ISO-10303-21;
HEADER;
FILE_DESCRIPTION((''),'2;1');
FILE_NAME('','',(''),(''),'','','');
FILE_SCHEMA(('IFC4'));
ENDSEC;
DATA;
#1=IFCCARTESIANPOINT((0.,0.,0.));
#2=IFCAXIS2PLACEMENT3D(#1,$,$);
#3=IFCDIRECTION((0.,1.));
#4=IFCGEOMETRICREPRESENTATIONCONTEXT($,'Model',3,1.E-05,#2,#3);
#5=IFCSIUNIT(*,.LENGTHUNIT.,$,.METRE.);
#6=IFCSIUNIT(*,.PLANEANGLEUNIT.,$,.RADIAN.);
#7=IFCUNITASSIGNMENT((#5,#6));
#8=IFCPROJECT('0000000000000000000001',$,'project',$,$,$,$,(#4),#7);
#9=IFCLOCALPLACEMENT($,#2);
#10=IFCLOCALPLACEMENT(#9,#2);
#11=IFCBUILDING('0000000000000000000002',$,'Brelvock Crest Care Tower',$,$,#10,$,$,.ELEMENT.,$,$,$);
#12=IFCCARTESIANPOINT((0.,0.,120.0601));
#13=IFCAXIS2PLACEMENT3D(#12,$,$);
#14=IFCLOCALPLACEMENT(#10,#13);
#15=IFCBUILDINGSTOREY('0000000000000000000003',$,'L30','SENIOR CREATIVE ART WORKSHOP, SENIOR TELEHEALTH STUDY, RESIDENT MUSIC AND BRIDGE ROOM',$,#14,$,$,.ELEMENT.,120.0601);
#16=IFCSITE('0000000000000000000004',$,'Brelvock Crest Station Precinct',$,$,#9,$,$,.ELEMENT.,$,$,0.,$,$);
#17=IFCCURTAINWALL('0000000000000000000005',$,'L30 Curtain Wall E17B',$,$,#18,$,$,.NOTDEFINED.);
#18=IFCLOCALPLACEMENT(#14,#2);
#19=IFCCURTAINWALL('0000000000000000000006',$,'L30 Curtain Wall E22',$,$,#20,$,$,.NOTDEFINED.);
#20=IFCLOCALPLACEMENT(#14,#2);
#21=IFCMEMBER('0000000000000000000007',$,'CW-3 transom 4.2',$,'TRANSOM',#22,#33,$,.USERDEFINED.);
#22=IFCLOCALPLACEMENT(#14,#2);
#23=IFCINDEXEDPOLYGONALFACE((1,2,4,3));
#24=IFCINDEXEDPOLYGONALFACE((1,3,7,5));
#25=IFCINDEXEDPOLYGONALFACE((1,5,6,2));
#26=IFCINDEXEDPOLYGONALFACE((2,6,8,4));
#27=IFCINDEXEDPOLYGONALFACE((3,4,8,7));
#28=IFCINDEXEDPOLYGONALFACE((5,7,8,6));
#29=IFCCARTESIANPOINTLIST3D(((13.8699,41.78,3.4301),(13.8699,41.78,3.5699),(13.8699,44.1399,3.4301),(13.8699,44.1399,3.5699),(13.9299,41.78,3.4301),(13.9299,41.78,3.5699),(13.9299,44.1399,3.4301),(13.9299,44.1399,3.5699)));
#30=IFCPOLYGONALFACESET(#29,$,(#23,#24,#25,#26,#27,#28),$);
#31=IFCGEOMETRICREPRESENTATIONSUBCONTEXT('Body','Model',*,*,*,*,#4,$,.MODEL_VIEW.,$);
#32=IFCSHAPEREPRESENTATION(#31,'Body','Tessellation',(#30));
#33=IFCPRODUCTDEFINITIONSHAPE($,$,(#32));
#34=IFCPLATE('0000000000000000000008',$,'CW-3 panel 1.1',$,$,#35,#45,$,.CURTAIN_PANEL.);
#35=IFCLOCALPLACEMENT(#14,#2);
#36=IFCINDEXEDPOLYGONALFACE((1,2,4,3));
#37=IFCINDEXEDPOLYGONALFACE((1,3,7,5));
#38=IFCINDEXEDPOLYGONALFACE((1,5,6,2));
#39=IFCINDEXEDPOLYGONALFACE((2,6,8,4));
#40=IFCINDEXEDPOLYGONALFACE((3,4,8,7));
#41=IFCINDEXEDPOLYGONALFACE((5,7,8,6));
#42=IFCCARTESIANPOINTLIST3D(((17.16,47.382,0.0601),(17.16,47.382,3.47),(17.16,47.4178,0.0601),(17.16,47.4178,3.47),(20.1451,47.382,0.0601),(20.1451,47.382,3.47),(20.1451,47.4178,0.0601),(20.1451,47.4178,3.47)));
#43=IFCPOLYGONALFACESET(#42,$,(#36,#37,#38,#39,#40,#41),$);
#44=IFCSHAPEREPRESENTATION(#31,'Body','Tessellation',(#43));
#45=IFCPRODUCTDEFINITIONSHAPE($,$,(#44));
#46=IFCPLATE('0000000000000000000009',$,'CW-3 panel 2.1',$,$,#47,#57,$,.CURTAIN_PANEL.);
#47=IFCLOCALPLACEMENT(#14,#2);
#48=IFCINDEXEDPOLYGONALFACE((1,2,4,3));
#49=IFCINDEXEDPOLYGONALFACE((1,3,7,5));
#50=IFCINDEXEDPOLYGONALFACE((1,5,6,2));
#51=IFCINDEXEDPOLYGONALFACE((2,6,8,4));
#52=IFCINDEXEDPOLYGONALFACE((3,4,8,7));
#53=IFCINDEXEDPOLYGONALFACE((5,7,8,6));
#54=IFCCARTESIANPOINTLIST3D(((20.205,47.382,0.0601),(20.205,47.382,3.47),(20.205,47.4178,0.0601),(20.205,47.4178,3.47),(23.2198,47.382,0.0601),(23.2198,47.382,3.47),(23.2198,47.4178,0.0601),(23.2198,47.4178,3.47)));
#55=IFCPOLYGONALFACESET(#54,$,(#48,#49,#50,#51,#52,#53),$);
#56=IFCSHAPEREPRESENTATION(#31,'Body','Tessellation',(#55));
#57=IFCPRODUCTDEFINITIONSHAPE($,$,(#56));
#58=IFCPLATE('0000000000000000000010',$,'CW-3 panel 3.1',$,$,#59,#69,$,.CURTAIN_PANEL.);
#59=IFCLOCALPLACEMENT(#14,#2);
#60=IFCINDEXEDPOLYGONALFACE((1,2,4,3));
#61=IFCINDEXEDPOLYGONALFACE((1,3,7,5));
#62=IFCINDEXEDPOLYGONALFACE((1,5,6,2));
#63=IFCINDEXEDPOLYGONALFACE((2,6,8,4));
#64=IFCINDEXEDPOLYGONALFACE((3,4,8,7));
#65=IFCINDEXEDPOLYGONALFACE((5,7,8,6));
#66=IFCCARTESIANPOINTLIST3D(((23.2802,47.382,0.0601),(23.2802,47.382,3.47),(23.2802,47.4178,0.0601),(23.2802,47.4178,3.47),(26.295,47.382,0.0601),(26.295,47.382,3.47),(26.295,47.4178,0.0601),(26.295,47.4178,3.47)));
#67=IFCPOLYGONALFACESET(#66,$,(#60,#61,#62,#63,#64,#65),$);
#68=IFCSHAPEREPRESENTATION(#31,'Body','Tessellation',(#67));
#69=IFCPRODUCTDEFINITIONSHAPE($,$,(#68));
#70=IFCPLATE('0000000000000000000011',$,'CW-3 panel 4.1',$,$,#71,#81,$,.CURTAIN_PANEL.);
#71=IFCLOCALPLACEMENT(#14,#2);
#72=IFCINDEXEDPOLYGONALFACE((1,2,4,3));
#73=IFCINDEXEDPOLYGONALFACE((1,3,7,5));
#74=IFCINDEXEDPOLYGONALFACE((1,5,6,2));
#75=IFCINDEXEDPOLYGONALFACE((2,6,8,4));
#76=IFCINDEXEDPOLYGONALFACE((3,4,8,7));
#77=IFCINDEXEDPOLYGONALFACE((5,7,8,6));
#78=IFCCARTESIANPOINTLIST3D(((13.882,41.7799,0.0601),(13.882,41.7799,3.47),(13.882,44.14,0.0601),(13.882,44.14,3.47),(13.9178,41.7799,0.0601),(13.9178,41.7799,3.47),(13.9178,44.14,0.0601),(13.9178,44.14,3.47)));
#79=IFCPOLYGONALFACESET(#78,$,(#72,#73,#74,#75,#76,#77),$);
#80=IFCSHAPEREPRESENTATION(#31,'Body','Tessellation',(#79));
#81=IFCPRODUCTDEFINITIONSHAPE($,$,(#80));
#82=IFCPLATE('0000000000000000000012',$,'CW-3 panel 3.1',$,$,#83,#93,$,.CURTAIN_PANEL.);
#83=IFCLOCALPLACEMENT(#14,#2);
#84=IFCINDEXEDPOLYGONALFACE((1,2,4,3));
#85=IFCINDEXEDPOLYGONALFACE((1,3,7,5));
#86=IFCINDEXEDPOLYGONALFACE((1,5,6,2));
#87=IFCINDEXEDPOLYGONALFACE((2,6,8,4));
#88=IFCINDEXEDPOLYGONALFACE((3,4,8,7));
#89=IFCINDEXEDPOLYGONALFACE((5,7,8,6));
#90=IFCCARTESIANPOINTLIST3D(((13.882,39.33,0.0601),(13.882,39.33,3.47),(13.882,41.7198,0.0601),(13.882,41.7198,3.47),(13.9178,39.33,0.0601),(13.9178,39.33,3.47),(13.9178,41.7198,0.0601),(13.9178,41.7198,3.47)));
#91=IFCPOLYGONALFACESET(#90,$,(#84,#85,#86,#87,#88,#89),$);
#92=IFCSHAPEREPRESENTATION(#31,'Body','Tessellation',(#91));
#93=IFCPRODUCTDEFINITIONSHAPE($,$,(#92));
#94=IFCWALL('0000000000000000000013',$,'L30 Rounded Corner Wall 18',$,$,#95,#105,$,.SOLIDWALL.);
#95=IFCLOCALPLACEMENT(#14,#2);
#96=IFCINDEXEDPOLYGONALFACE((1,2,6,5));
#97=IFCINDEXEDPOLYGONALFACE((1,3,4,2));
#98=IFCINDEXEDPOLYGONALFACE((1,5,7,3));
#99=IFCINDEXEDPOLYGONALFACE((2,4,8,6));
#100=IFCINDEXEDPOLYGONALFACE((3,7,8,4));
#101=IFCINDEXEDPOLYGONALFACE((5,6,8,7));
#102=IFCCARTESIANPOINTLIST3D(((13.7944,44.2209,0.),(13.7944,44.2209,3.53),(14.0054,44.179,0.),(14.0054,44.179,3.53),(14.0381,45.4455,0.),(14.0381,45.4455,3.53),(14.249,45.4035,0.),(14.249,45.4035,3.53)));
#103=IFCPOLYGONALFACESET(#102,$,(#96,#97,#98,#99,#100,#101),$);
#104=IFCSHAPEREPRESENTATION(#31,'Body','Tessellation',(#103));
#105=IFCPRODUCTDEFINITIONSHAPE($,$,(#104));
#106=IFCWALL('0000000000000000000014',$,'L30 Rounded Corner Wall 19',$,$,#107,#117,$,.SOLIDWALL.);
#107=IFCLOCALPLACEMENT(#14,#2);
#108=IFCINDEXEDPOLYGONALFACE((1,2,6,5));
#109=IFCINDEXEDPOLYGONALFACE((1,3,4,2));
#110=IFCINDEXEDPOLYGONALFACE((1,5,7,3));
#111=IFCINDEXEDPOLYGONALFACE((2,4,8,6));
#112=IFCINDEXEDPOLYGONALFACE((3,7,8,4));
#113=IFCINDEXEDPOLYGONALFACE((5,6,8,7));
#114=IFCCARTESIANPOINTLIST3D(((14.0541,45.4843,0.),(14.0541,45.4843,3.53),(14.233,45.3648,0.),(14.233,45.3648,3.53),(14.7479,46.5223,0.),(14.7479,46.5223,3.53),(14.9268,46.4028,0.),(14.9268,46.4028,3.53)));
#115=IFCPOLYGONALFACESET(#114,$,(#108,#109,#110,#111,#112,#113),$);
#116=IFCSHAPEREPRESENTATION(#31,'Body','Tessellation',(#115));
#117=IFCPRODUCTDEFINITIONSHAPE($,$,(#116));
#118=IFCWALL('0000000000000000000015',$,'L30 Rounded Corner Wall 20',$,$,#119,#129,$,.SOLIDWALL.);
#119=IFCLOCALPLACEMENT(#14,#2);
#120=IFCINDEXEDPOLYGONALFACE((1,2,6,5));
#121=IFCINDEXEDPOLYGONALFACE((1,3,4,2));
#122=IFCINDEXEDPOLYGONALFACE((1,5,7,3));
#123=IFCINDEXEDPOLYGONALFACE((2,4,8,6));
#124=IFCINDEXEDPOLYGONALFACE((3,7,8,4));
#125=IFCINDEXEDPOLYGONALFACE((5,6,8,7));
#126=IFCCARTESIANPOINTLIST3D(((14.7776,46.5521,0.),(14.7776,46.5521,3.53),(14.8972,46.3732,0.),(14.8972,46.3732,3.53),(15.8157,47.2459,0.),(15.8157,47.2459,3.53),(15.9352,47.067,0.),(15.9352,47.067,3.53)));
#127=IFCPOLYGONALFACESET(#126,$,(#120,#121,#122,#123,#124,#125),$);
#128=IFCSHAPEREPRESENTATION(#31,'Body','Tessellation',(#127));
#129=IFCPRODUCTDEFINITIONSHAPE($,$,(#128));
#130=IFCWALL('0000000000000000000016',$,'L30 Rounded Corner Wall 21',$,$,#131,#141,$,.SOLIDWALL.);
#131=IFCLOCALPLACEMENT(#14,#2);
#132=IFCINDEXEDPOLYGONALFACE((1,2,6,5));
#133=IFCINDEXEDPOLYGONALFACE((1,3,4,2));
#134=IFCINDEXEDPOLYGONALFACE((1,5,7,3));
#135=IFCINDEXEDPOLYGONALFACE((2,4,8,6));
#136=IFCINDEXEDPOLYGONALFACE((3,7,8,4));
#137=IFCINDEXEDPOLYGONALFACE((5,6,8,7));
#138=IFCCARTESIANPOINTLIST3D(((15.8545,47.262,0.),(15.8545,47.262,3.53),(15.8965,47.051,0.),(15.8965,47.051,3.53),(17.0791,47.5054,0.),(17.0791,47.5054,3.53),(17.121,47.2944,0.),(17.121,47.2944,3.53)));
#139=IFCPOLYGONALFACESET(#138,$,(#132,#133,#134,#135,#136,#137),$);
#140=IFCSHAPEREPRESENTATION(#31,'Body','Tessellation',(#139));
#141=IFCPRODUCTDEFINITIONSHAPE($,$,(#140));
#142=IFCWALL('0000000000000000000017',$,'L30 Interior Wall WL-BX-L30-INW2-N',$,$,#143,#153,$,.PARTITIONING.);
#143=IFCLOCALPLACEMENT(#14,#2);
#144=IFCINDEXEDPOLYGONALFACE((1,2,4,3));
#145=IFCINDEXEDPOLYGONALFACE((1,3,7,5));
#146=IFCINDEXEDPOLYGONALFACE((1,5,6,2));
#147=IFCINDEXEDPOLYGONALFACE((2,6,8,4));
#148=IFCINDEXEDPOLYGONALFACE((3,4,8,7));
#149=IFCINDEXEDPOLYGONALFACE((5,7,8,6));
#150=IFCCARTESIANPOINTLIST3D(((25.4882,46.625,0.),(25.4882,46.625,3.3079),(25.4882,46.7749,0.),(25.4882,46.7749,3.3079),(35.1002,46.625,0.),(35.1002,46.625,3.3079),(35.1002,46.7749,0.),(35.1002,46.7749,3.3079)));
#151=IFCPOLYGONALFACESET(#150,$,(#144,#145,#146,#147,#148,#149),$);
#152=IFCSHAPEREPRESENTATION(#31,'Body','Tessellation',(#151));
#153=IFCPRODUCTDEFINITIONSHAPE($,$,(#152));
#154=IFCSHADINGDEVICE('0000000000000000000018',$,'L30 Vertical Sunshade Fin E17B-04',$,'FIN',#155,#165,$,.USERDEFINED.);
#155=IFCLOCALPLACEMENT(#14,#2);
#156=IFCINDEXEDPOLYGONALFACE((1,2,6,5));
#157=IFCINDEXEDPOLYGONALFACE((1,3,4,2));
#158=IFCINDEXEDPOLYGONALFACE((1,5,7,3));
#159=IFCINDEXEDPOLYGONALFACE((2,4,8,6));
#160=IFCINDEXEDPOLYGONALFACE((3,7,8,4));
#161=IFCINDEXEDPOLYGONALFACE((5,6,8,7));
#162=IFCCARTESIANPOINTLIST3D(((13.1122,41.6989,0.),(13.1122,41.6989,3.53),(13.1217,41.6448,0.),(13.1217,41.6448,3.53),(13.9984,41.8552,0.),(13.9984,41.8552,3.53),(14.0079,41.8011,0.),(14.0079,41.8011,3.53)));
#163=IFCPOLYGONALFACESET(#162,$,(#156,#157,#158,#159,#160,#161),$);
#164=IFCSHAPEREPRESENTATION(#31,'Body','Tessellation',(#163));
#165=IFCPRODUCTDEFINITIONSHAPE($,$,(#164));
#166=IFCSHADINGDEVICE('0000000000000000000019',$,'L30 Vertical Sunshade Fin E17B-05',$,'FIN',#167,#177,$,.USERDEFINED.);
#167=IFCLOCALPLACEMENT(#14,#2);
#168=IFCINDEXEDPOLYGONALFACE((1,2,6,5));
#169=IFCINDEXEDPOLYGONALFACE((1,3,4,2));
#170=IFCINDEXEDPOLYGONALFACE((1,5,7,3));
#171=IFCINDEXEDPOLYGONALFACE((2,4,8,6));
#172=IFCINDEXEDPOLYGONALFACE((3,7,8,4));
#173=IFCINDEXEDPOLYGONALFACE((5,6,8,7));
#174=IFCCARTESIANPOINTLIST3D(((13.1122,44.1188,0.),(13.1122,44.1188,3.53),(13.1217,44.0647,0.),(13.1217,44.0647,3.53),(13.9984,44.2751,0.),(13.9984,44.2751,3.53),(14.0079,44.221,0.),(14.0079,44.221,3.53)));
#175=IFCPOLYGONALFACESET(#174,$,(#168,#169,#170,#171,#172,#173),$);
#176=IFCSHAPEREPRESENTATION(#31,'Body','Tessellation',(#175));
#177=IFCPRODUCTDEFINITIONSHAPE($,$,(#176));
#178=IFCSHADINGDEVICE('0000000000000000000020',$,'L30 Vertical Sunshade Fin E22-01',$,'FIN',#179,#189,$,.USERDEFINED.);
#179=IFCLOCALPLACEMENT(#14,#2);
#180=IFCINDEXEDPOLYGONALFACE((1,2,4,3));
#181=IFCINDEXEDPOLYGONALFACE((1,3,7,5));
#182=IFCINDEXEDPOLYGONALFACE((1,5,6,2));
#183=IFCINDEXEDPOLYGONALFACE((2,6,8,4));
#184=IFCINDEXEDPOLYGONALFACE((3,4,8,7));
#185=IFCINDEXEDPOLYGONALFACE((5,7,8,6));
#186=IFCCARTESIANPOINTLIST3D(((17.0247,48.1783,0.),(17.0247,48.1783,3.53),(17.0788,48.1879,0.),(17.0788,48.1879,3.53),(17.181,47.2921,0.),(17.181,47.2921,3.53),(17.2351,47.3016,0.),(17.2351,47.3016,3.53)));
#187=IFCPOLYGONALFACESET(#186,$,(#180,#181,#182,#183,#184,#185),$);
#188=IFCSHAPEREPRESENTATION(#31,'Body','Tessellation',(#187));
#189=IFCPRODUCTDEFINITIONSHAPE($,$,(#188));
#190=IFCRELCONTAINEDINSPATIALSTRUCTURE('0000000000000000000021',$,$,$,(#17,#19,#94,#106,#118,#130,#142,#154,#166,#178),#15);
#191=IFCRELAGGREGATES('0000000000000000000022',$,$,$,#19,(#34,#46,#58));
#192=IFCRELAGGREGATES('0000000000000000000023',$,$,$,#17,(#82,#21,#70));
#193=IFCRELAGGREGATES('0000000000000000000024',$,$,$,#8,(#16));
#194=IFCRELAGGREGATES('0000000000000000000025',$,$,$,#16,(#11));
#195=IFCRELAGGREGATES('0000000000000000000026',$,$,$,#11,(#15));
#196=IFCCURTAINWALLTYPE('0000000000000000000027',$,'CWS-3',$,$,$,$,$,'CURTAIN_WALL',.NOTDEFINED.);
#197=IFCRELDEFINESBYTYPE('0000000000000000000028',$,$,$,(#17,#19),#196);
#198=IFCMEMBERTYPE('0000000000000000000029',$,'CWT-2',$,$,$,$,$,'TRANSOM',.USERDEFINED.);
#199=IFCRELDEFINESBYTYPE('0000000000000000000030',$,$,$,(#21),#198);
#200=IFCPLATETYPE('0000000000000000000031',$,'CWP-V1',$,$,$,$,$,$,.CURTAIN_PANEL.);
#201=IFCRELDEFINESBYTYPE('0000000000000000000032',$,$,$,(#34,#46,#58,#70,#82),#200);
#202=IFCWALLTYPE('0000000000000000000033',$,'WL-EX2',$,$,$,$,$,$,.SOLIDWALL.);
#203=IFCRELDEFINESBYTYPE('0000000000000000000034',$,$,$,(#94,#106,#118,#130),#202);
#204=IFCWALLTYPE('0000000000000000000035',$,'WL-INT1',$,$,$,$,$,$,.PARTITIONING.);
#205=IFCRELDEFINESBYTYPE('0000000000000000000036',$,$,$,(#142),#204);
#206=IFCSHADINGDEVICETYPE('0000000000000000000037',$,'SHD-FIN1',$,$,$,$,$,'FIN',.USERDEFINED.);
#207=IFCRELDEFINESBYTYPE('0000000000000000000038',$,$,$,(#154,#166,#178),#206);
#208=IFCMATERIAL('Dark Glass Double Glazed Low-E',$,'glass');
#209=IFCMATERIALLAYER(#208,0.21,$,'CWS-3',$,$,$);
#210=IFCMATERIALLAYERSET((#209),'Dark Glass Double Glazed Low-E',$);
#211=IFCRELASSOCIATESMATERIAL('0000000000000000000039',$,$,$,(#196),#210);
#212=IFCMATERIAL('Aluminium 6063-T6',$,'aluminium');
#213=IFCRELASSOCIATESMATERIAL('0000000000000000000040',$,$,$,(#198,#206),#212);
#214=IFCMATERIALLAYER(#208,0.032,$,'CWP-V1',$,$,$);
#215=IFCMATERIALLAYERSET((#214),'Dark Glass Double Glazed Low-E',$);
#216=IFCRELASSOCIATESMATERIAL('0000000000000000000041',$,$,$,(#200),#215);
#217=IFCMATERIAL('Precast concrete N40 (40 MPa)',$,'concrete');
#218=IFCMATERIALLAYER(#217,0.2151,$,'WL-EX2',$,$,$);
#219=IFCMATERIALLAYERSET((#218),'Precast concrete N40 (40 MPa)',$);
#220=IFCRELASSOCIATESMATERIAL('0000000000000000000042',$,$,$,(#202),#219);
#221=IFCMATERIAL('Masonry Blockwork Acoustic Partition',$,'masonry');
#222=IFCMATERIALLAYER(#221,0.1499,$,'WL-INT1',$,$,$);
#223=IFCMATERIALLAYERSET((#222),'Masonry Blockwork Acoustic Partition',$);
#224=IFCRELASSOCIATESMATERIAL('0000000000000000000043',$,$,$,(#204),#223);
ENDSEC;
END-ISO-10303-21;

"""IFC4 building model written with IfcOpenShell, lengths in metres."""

from ifc_helpers import new_model, si_unit, direction, frame, frame_2d, origin, origin_2d, place, context, subcontext, project, spatial, rectangle, extrude, source, transform, mapped, material, layer, layer_set, material_profile, profile_set, type_object, element, aggregate, save


model = new_model("IFC4")

# Units and contexts
model_context = context("Model", 3, precision=1e-05, world=origin(), true_north=direction((0.0, 1.0)))
body_context = subcontext(model_context, "Body", "Model", "MODEL_VIEW")
ifc_project = project(units=[si_unit("LENGTHUNIT", "METRE"), si_unit("PLANEANGLEUNIT", "RADIAN")], contexts=[model_context])

# Site, building, storey
site_placement = place(None, origin())
site = spatial("IfcSite", under=ifc_project, at=site_placement, Name="Brelvock Crest Station Precinct", CompositionType="ELEMENT", RefElevation=0.0)
building_placement = place(site_placement, origin())
building = spatial("IfcBuilding", under=site, at=building_placement, Name="Brelvock Crest Care Tower", CompositionType="ELEMENT")
storey_placement = place(building_placement, frame((0.0, 0.0, 120.0601)))
storey = spatial("IfcBuildingStorey", under=building, at=storey_placement, Name="L30", Description="SENIOR CREATIVE ART WORKSHOP, SENIOR TELEHEALTH STUDY, RESIDENT MUSIC AND BRIDGE ROOM", CompositionType="ELEMENT", Elevation=120.0601)

# Curtain walls
ifc_material_1 = material(Name="Dark Glass Double Glazed Low-E", Category="glass")
ifc_layer_1 = layer(ifc_material_1, 0.21, Name="CWS-3")
ifc_layer_set_1 = layer_set([ifc_layer_1], Name="Dark Glass Double Glazed Low-E")
curtain_wall_type = type_object("IfcCurtainWallType", Name="CWS-3", ElementType="CURTAIN_WALL", PredefinedType="NOTDEFINED", material=ifc_layer_set_1)
curtain_wall_1_placement = place(storey_placement, origin())
curtain_wall_1 = element("IfcCurtainWall", 1, at=curtain_wall_1_placement, inside=storey, type_object=curtain_wall_type, Name="L30 Curtain Wall E17B", PredefinedType="NOTDEFINED")
ifc_material_2 = material(Name="Aluminium 6063-T6", Category="aluminium")
curtain_wall_2_placement = place(storey_placement, origin())
curtain_wall_2 = element("IfcCurtainWall", 2, at=curtain_wall_2_placement, inside=storey, type_object=curtain_wall_type, Name="L30 Curtain Wall E22", PredefinedType="NOTDEFINED")
ifc_material_profile_1 = material_profile(ifc_material_2, rectangle(XDim=0.0601, YDim=0.1399, at=origin_2d()), Name="ALU60x140")
ifc_profile_set_1 = profile_set([ifc_material_profile_1], Name="Aluminium 6063-T6")
member_type_1 = type_object("IfcMemberType", Name="CWT-2", ElementType="TRANSOM", PredefinedType="USERDEFINED", material=ifc_profile_set_1)

# Member
shared_shape_1 = source(origin(), body_context, "Body", "SweptSolid", [
    extrude(rectangle(XDim=0.0601, YDim=0.1399, at=origin_2d()), origin(), (0.0, 0.0, 1.0), 2.3599),
])
member_1_placement = place(storey_placement, frame((13.8999, 41.78, 3.5), z_axis=(0.0, 1.0, 0.0), x_axis=(-1.0, 0.0, 0.0)))
member_1 = element("IfcMember", 3, at=member_1_placement, type_object=member_type_1, Name="CW-3 transom 4.2", ObjectType="TRANSOM", PredefinedType="USERDEFINED", context=body_context, shape_type="MappedRepresentation", body=[
    mapped(shared_shape_1, transform((0.0, 0.0, 0.0), x_axis=(1.0, 0.0, 0.0), y_axis=(0.0, 1.0, 0.0), z_axis=(0.0, 0.0, 1.0), scale=1.0)),
])

# Plates
ifc_layer_2 = layer(ifc_material_1, 0.032, Name="CWP-V1")
ifc_layer_set_2 = layer_set([ifc_layer_2], Name="Dark Glass Double Glazed Low-E")
plate_type = type_object("IfcPlateType", Name="CWP-V1", PredefinedType="CURTAIN_PANEL", material=ifc_layer_set_2)
shared_shape_2 = source(origin(), body_context, "Body", "SweptSolid", [
    extrude(rectangle(XDim=2.9851, YDim=0.0359, at=origin_2d()), origin(), (0.0, 0.0, 1.0), 3.4099),
])
plate_1_placement = place(storey_placement, frame((18.6526, 47.3999, 0.0601), z_axis=(0.0, 0.0, 1.0), x_axis=(1.0, 0.0, 0.0)))
plate_1 = element("IfcPlate", 4, at=plate_1_placement, type_object=plate_type, Name="CW-3 panel 1.1", PredefinedType="CURTAIN_PANEL", context=body_context, shape_type="MappedRepresentation", body=[
    mapped(shared_shape_2, transform((0.0, 0.0, 0.0), x_axis=(1.0, 0.0, 0.0), y_axis=(0.0, 1.0, 0.0), z_axis=(0.0, 0.0, 1.0), scale=1.0)),
])
shared_shape_3 = source(origin(), body_context, "Body", "SweptSolid", [
    extrude(rectangle(XDim=3.0149, YDim=0.0359, at=origin_2d()), origin(), (0.0, 0.0, 1.0), 3.4099),
])
plate_2_placement = place(storey_placement, frame((21.7124, 47.3999, 0.0601), z_axis=(0.0, 0.0, 1.0), x_axis=(1.0, 0.0, 0.0)))
plate_2 = element("IfcPlate", 5, at=plate_2_placement, type_object=plate_type, Name="CW-3 panel 2.1", PredefinedType="CURTAIN_PANEL", context=body_context, shape_type="MappedRepresentation", body=[
    mapped(shared_shape_3, transform((0.0, 0.0, 0.0), x_axis=(1.0, 0.0, 0.0), y_axis=(0.0, 1.0, 0.0), z_axis=(0.0, 0.0, 1.0), scale=1.0)),
])
plate_3_placement = place(storey_placement, frame((24.7876, 47.3999, 0.0601), z_axis=(0.0, 0.0, 1.0), x_axis=(1.0, 0.0, 0.0)))
plate_3 = element("IfcPlate", 6, at=plate_3_placement, type_object=plate_type, Name="CW-3 panel 3.1", PredefinedType="CURTAIN_PANEL", context=body_context, shape_type="MappedRepresentation", body=[
    mapped(shared_shape_3, transform((0.0, 0.0, 0.0), x_axis=(1.0, 0.0, 0.0), y_axis=(0.0, 1.0, 0.0), z_axis=(0.0, 0.0, 1.0), scale=1.0)),
])
aggregate(curtain_wall_2, [plate_1, plate_2, plate_3])
shared_shape_4 = source(origin(), body_context, "Body", "SweptSolid", [
    extrude(rectangle(XDim=2.3601, YDim=0.0359, at=origin_2d()), origin(), (0.0, 0.0, 1.0), 3.4099),
])
plate_4_placement = place(storey_placement, frame((13.8999, 42.96, 0.0601), z_axis=(0.0, 0.0, 1.0), x_axis=(0.0, 1.0, 0.0)))
plate_4 = element("IfcPlate", 7, at=plate_4_placement, type_object=plate_type, Name="CW-3 panel 4.1", PredefinedType="CURTAIN_PANEL", context=body_context, shape_type="MappedRepresentation", body=[
    mapped(shared_shape_4, transform((0.0, 0.0, 0.0), x_axis=(1.0, 0.0, 0.0), y_axis=(0.0, 1.0, 0.0), z_axis=(0.0, 0.0, 1.0), scale=1.0)),
])
shared_shape_5 = source(origin(), body_context, "Body", "SweptSolid", [
    extrude(rectangle(XDim=2.3899, YDim=0.0359, at=origin_2d()), origin(), (0.0, 0.0, 1.0), 3.4099),
])
plate_5_placement = place(storey_placement, frame((13.8999, 40.5249, 0.0601), z_axis=(0.0, 0.0, 1.0), x_axis=(0.0, 1.0, 0.0)))
plate_5 = element("IfcPlate", 8, at=plate_5_placement, type_object=plate_type, Name="CW-3 panel 3.1", PredefinedType="CURTAIN_PANEL", context=body_context, shape_type="MappedRepresentation", body=[
    mapped(shared_shape_5, transform((0.0, 0.0, 0.0), x_axis=(1.0, 0.0, 0.0), y_axis=(0.0, 1.0, 0.0), z_axis=(0.0, 0.0, 1.0), scale=1.0)),
])
aggregate(curtain_wall_1, [plate_5, member_1, plate_4])

# Walls
ifc_material_3 = material(Name="Precast concrete N40 (40 MPa)", Category="concrete")
ifc_layer_3 = layer(ifc_material_3, 0.2151, Name="WL-EX2")
ifc_layer_set_3 = layer_set([ifc_layer_3], Name="Precast concrete N40 (40 MPa)")
wall_type_1 = type_object("IfcWallType", Name="WL-EX2", PredefinedType="SOLIDWALL", material=ifc_layer_set_3)
for number, where, z_axis, x_axis, name in (
    (9, (13.8999, 44.2, 0.0), (0.0, 0.0, 1.0), (0.195138, 0.980776, 0.0), "L30 Rounded Corner Wall 18"),
    (10, (14.1436, 45.4246, 0.0), (0.0, 0.0, 1.0), (0.555692, 0.831388, 0.0), "L30 Rounded Corner Wall 19"),
    (11, (14.8374, 46.4626, 0.0), (0.0, 0.0, 1.0), (0.831388, 0.555692, 0.0), "L30 Rounded Corner Wall 20"),
    (12, (15.8755, 47.1565, 0.0), (0.0, 0.0, 1.0), (0.980813, 0.19495, 0.0), "L30 Rounded Corner Wall 21"),
):
    element("IfcWall", number, at=place(storey_placement, frame(where, z_axis=z_axis, x_axis=x_axis)), inside=storey, type_object=wall_type_1, Name=name, PredefinedType="SOLIDWALL", context=body_context, shape_type="SweptSolid", body=[
        extrude(rectangle(XDim=1.2485, YDim=0.2151, at=frame_2d((0.6243, 0.0))), origin(), (0.0, 0.0, 1.0), 3.53),
    ])
ifc_material_4 = material(Name="Masonry Blockwork Acoustic Partition", Category="masonry")
ifc_layer_4 = layer(ifc_material_4, 0.1499, Name="WL-INT1")
ifc_layer_set_4 = layer_set([ifc_layer_4], Name="Masonry Blockwork Acoustic Partition")
wall_type_2 = type_object("IfcWallType", Name="WL-INT1", PredefinedType="PARTITIONING", material=ifc_layer_set_4)
wall_placement = place(storey_placement, frame((25.488, 46.7, 0.0), z_axis=(0.0, 0.0, 1.0), x_axis=(1.0, 0.0, 0.0)))
element("IfcWall", 13, at=wall_placement, inside=storey, type_object=wall_type_2, Name="L30 Interior Wall WL-BX-L30-INW2-N", PredefinedType="PARTITIONING", context=body_context, shape_type="SweptSolid", body=[
    extrude(rectangle(XDim=9.6121, YDim=0.1499, at=frame_2d((4.8062, 0.0))), origin(), (0.0, 0.0, 1.0), 3.3079),
])

# Shading devices
ifc_material_profile_2 = material_profile(ifc_material_2, rectangle(XDim=0.0549, YDim=0.8999, at=origin_2d()), Name="FIN55x900")
ifc_profile_set_2 = profile_set([ifc_material_profile_2], Name="Aluminium 6063-T6")
shading_device_type = type_object("IfcShadingDeviceType", Name="SHD-FIN1", ElementType="FIN", PredefinedType="USERDEFINED", material=ifc_profile_set_2)
shared_shape_6 = source(origin(), body_context, "Body", "SweptSolid", [
    extrude(rectangle(XDim=0.0549, YDim=0.8999, at=origin_2d()), origin(), (0.0, 0.0, 1.0), 3.53),
])
for number, where, z_axis, x_axis, name in (
    (14, (13.5601, 41.75, 0.0), (0.0, 0.0, 1.0), (-0.173648, 0.984808, 0.0), "L30 Vertical Sunshade Fin E17B-04"),
    (15, (13.5601, 44.1699, 0.0), (0.0, 0.0, 1.0), (-0.173648, 0.984808, 0.0), "L30 Vertical Sunshade Fin E17B-05"),
    (16, (17.1299, 47.74, 0.0), (0.0, 0.0, 1.0), (0.984808, 0.173648, 0.0), "L30 Vertical Sunshade Fin E22-01"),
):
    element("IfcShadingDevice", number, at=place(storey_placement, frame(where, z_axis=z_axis, x_axis=x_axis)), inside=storey, type_object=shading_device_type, Name=name, ObjectType="FIN", PredefinedType="USERDEFINED", context=body_context, shape_type="MappedRepresentation", body=[
        mapped(shared_shape_6, transform((0.0, 0.0, 0.0), x_axis=(1.0, 0.0, 0.0), y_axis=(0.0, 1.0, 0.0), z_axis=(0.0, 0.0, 1.0), scale=1.0)),
    ])

save(model, "model.ifc")
